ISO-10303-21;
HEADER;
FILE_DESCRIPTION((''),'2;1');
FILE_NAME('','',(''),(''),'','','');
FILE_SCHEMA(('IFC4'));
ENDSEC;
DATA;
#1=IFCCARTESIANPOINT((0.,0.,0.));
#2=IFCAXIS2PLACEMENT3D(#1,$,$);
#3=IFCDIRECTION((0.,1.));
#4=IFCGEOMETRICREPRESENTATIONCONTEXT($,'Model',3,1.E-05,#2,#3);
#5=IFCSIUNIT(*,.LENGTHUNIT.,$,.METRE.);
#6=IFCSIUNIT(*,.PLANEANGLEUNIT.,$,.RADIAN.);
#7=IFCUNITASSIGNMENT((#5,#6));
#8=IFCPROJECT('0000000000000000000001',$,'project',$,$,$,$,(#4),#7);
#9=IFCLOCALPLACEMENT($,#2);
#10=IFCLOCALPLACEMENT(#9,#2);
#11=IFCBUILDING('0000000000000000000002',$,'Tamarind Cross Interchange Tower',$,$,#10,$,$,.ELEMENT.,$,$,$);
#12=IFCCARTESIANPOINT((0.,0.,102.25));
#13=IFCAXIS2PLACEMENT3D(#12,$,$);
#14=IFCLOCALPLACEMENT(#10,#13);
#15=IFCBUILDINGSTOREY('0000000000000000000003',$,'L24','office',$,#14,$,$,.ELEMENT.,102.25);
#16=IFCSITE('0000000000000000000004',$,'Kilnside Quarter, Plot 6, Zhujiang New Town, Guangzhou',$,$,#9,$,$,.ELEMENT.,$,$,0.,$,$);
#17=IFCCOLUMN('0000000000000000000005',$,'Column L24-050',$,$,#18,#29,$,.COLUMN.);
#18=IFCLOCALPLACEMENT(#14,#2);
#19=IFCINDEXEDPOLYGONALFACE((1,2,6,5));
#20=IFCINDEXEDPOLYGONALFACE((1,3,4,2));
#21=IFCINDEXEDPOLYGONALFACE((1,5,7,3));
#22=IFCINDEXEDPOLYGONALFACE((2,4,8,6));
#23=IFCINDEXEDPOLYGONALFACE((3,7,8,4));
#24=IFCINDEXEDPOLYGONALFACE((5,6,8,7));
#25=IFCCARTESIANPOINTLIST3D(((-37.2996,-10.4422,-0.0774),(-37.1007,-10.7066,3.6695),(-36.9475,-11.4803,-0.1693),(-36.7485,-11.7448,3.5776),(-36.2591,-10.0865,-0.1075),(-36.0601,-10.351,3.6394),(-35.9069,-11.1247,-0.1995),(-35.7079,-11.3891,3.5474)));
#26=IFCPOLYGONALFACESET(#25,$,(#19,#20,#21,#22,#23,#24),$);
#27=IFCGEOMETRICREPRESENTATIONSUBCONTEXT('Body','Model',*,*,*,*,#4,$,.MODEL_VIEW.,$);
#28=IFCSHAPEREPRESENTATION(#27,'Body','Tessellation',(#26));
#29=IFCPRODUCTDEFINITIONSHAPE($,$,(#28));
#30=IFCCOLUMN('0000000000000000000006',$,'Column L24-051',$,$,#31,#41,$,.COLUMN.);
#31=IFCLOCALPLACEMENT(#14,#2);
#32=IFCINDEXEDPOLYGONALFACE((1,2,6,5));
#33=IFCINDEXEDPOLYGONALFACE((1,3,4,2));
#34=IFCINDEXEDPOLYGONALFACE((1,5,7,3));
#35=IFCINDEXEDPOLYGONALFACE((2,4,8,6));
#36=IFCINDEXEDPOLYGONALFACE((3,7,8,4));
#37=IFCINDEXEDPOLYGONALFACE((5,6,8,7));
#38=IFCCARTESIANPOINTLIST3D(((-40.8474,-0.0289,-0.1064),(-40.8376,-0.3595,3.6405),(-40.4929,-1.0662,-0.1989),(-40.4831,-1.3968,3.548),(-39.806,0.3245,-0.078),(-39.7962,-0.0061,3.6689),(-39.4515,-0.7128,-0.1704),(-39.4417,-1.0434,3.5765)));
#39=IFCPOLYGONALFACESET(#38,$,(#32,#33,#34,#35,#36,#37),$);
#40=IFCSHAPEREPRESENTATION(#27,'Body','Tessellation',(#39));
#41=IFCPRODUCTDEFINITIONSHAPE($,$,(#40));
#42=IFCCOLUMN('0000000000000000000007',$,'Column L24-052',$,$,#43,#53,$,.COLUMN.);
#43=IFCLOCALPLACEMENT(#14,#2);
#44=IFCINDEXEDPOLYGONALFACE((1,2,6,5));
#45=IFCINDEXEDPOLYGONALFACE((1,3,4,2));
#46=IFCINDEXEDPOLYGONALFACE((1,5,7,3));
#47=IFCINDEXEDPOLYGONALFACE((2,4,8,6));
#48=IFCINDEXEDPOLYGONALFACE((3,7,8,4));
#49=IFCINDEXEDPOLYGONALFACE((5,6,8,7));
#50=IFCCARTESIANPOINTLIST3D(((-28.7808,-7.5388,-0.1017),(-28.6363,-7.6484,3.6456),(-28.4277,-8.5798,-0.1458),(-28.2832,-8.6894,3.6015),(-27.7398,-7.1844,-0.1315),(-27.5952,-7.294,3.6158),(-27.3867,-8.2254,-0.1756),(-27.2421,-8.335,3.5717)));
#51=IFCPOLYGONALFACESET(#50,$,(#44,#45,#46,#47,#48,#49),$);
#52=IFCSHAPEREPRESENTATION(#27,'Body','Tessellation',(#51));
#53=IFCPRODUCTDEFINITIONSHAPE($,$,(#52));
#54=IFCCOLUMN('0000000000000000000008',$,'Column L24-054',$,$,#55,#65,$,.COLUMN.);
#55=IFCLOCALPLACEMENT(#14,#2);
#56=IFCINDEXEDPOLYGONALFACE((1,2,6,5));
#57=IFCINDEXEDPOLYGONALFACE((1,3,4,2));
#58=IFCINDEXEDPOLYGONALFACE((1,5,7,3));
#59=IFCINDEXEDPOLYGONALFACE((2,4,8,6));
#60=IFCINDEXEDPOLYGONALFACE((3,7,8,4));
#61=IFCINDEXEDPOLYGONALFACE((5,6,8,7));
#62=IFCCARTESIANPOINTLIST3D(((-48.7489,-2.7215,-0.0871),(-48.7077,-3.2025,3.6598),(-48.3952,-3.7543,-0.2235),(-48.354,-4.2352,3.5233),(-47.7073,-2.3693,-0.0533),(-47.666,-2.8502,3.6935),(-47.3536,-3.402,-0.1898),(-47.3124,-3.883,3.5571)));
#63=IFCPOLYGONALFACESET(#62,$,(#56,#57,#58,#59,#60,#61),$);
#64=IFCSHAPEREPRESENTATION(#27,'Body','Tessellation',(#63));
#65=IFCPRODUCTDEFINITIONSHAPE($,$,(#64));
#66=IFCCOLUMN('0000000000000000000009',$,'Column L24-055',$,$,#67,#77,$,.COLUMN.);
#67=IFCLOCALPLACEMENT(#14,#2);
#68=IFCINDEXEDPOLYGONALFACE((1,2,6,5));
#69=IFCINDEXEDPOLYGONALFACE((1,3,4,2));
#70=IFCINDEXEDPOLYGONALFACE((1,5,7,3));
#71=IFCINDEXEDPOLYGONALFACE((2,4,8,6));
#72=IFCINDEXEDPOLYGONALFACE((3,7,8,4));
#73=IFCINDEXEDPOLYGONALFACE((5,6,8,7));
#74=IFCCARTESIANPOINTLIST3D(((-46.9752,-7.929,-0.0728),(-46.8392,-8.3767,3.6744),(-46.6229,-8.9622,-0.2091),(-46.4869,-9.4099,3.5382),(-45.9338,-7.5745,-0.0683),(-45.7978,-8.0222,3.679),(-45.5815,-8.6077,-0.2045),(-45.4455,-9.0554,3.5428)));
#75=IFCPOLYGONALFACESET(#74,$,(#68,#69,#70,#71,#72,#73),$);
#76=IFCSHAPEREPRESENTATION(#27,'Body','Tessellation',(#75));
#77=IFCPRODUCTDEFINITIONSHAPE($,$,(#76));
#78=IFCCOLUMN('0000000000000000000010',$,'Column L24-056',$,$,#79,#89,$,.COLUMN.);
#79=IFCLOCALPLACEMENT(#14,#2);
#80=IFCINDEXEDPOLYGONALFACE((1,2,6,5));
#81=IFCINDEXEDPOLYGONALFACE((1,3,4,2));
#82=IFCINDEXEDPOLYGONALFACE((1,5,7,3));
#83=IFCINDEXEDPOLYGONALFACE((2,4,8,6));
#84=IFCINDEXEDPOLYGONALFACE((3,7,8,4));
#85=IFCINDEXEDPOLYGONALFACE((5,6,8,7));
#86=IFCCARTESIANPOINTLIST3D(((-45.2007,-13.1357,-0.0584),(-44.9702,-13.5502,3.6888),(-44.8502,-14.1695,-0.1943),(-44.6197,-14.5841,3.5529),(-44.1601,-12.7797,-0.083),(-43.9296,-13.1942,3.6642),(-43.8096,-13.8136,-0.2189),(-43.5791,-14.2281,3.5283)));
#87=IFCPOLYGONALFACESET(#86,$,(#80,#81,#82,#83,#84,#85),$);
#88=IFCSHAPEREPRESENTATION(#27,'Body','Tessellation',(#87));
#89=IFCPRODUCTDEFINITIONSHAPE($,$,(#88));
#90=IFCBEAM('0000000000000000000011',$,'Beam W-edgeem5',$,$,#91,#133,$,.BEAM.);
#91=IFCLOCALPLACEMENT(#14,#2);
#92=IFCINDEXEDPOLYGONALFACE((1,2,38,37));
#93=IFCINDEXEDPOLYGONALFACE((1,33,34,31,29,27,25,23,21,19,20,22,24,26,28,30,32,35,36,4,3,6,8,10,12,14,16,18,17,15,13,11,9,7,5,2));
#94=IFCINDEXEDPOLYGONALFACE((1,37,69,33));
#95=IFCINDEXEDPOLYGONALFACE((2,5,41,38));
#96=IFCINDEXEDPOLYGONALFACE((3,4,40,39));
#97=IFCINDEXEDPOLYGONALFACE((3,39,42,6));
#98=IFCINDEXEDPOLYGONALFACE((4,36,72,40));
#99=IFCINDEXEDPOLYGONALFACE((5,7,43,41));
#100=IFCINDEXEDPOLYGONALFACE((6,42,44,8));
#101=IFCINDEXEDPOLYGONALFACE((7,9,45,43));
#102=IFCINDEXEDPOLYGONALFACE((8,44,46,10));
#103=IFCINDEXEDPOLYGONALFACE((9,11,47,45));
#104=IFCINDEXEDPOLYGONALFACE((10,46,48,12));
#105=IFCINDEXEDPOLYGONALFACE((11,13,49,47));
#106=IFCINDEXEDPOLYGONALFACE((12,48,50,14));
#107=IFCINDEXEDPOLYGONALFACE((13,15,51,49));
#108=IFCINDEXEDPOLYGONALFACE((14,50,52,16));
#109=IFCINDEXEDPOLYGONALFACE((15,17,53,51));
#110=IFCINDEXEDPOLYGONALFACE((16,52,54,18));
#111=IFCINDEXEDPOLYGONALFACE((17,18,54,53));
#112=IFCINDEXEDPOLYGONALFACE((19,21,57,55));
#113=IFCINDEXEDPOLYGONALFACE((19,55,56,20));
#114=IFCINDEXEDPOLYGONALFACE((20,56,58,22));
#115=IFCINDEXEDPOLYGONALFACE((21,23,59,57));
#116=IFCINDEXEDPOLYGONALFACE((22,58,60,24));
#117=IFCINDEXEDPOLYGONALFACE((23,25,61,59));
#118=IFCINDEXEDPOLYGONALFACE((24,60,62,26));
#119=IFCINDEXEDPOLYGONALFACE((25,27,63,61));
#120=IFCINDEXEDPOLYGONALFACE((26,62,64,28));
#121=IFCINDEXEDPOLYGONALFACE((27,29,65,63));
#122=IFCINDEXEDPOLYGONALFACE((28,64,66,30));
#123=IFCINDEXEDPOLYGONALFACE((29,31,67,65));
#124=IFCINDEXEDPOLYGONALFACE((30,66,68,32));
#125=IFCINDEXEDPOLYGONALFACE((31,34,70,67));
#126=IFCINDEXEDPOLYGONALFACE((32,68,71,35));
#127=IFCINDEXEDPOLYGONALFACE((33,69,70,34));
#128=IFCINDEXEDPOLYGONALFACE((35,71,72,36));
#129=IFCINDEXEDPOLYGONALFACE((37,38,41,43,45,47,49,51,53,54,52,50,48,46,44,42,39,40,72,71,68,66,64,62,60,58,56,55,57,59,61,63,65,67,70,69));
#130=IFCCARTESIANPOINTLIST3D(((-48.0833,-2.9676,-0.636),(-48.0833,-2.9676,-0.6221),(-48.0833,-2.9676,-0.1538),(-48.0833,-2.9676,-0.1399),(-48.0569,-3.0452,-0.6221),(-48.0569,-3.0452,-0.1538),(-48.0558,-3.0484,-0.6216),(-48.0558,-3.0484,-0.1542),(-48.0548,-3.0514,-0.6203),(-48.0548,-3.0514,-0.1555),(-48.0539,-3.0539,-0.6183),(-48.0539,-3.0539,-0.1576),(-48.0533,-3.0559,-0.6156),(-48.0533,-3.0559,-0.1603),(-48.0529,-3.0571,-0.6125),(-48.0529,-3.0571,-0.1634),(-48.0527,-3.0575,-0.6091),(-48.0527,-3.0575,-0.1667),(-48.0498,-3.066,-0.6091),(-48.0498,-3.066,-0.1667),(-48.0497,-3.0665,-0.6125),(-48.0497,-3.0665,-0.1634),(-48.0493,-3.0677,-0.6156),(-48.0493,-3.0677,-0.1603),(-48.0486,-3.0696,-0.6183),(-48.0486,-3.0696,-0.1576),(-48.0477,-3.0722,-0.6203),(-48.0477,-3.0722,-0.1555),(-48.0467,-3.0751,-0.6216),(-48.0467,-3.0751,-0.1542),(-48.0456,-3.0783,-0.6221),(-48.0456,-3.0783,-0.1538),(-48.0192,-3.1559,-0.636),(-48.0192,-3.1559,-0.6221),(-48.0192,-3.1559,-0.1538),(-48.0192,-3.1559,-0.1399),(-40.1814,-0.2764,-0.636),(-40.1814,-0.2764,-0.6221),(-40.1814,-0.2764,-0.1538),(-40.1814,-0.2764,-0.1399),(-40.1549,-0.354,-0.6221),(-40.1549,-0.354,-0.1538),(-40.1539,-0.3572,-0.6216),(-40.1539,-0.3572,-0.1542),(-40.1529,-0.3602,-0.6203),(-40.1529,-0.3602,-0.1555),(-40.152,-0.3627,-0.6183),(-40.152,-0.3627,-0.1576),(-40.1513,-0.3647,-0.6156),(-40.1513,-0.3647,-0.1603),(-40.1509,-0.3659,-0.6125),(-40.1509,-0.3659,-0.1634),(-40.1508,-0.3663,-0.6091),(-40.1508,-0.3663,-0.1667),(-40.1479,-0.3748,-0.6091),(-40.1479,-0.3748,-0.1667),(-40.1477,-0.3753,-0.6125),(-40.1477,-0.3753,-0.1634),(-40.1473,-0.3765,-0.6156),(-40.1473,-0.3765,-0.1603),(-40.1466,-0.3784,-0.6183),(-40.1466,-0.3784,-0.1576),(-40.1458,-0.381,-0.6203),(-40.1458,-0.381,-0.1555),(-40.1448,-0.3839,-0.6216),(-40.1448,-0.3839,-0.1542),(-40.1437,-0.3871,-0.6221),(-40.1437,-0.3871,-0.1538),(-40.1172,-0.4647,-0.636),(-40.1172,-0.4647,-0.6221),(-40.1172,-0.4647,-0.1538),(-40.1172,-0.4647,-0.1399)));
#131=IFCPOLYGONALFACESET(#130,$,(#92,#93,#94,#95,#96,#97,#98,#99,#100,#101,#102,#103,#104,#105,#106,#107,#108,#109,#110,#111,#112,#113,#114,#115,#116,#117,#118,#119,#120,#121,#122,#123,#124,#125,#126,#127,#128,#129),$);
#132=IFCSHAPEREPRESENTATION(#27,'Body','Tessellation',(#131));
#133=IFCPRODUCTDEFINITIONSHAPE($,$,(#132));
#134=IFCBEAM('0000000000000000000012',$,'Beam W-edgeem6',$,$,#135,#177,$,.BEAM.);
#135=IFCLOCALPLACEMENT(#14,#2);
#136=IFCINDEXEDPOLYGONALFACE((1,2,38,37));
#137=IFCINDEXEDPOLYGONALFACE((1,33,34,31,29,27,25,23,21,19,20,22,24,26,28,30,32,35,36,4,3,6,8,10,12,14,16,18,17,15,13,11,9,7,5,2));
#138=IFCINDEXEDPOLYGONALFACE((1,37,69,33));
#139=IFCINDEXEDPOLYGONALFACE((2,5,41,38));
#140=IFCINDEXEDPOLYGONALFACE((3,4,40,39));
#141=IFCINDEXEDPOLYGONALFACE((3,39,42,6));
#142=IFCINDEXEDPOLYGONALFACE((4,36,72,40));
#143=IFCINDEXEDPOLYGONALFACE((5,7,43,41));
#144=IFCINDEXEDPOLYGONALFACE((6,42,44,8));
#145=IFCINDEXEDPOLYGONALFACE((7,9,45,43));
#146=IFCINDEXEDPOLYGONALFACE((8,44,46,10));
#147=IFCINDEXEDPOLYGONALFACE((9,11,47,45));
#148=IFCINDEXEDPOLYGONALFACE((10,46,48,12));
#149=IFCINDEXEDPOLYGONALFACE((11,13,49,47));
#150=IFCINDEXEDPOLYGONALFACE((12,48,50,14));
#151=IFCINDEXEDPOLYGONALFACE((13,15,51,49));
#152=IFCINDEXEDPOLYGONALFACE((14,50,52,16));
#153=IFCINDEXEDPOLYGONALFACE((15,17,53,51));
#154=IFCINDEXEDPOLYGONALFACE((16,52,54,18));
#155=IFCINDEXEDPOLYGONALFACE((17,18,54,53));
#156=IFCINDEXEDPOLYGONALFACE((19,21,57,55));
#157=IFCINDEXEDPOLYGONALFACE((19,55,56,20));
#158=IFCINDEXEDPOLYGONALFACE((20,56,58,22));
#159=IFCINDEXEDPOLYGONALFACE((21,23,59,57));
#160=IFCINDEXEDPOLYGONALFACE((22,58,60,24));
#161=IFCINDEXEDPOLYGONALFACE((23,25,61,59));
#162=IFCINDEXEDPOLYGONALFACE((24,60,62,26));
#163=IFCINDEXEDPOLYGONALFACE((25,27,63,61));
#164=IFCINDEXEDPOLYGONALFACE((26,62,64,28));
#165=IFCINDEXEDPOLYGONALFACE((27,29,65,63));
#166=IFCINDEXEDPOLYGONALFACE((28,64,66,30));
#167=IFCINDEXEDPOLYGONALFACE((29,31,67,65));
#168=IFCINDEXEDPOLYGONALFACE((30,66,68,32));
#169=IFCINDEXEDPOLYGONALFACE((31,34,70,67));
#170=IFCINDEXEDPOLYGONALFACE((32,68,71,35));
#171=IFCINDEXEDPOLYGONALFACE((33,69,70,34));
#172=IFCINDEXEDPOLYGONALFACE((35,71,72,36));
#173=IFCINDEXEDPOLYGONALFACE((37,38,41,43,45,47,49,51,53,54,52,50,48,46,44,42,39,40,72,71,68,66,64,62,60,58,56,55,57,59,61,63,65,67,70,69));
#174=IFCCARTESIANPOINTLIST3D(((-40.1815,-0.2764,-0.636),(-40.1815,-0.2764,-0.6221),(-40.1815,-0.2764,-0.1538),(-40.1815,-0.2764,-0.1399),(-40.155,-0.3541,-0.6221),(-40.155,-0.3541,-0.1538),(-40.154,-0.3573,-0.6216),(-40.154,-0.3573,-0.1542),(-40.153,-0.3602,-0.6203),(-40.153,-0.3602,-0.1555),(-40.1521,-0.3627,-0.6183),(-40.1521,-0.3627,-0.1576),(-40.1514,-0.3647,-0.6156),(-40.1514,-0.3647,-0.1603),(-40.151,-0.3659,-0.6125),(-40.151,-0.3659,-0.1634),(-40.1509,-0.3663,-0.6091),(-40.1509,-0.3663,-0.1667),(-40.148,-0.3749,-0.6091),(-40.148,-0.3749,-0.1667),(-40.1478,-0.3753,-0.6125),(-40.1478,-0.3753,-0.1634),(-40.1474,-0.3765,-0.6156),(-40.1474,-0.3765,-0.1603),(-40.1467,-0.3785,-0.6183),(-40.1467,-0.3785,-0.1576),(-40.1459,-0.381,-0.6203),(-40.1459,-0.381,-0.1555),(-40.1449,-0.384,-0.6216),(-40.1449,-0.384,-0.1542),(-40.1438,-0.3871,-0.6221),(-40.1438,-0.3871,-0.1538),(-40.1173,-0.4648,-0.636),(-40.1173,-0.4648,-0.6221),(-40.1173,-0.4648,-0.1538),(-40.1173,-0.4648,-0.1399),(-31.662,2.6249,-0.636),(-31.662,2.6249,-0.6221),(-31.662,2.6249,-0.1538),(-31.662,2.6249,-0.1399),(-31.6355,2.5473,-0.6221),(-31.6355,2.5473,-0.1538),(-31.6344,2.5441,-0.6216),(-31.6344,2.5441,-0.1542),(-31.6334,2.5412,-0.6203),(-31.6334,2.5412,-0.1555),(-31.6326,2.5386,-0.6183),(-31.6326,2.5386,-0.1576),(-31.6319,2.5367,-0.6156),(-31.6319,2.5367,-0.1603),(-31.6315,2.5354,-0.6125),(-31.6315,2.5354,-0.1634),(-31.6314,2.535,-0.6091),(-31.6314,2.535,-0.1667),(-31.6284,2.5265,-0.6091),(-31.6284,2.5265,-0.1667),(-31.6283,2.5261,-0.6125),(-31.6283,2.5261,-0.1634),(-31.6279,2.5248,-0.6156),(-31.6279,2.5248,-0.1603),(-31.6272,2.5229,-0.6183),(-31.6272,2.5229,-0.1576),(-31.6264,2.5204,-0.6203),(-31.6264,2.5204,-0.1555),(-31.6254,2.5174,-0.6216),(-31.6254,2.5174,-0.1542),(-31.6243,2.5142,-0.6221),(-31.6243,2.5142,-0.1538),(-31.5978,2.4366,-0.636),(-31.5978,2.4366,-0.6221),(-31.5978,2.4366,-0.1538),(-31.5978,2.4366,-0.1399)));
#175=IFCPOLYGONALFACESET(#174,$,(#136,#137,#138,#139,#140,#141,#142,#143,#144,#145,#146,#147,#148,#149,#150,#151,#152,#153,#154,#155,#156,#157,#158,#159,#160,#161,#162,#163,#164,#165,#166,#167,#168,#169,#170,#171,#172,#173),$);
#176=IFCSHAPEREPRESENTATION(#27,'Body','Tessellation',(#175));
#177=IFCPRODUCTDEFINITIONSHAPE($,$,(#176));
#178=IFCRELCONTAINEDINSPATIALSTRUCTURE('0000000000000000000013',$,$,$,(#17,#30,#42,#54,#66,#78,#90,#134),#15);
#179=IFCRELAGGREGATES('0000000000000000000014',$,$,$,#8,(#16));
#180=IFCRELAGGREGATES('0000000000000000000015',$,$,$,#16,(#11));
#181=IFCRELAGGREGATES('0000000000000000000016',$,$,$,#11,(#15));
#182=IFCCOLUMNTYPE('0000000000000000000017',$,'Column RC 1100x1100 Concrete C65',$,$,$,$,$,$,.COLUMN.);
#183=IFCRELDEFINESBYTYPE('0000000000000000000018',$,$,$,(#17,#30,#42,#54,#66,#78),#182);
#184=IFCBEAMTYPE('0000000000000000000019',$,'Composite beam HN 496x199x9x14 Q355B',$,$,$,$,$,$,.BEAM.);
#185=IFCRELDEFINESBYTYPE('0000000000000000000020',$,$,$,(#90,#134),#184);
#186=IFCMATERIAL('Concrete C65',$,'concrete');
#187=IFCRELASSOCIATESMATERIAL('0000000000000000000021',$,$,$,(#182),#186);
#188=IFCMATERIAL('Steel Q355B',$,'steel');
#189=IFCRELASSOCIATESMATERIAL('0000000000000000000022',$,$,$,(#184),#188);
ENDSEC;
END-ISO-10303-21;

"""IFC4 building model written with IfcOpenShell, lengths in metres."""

from ifc_helpers import new_model, si_unit, direction, frame, origin, origin_2d, place, context, subcontext, project, spatial, rectangle, i_section, extrude, material, material_profile, profile_set, type_object, element, save


model = new_model("IFC4")

# Units and contexts
model_context = context("Model", 3, precision=1e-05, world=origin(), true_north=direction((0.0, 1.0)))
body_context = subcontext(model_context, "Body", "Model", "MODEL_VIEW")
ifc_project = project(units=[si_unit("LENGTHUNIT", "METRE"), si_unit("PLANEANGLEUNIT", "RADIAN")], contexts=[model_context])

# Site, building, storey
site_placement = place(None, origin())
site = spatial("IfcSite", under=ifc_project, at=site_placement, Name="Kilnside Quarter, Plot 6, Zhujiang New Town, Guangzhou", CompositionType="ELEMENT", RefElevation=0.0)
building_placement = place(site_placement, origin())
building = spatial("IfcBuilding", under=site, at=building_placement, Name="Tamarind Cross Interchange Tower", CompositionType="ELEMENT")
storey_placement = place(building_placement, frame((0.0, 0.0, 102.25)))
storey = spatial("IfcBuildingStorey", under=building, at=storey_placement, Name="L24", Description="office", CompositionType="ELEMENT", Elevation=102.25)

# Columns
ifc_material_1 = material(Name="Concrete C65", Category="concrete")
ifc_material_profile_1 = material_profile(ifc_material_1, rectangle(XDim=1.1001, YDim=1.1001, at=origin_2d()), Name="RC 1100x1100")
ifc_profile_set_1 = profile_set([ifc_material_profile_1], Name="Concrete C65")
column_type = type_object("IfcColumnType", Name="Column RC 1100x1100 Concrete C65", PredefinedType="COLUMN", material=ifc_profile_set_1)
for number, where, z_axis, x_axis, name in (
    (1, (-36.6033, -10.7834, -0.1384), (0.052899, -0.070294, 0.996123), (-0.320117, 0.943683, 0.083593), "Column L24-050"),
    (2, (-40.1494, -0.3708, -0.1384), (0.002596, -0.087884, 0.996127), (0.946648, 0.321229, 0.025873), "Column L24-051"),
):
    element("IfcColumn", number, at=place(storey_placement, frame(where, z_axis=z_axis, x_axis=x_axis)), inside=storey, type_object=column_type, Name=name, PredefinedType="COLUMN", context=body_context, shape_type="SweptSolid", body=[
        extrude(rectangle(XDim=1.1001, YDim=1.1001, at=origin_2d()), origin(), (0.0, 0.0, 1.0), 3.7615),
    ])
column_1_placement = place(storey_placement, frame((-28.0837, -7.8821, -0.1387), z_axis=(0.038524, -0.029219, 0.99883), x_axis=(-0.320978, 0.946239, 0.04006)))
element("IfcColumn", 3, at=column_1_placement, inside=storey, type_object=column_type, Name="Column L24-052", PredefinedType="COLUMN", context=body_context, shape_type="SweptSolid", body=[
    extrude(rectangle(XDim=1.1001, YDim=1.1001, at=origin_2d()), origin(), (0.0, 0.0, 1.0), 3.7517),
])
column_2_placement = place(storey_placement, frame((-48.0513, -3.0618, -0.1384), z_axis=(0.010922, -0.127312, 0.991803), x_axis=(0.946849, 0.320213, 0.030677)))
element("IfcColumn", 4, at=column_2_placement, inside=storey, type_object=column_type, Name="Column L24-054", PredefinedType="COLUMN", context=body_context, shape_type="SweptSolid", body=[
    extrude(rectangle(XDim=1.1001, YDim=1.1001, at=origin_2d()), origin(), (0.0, 0.0, 1.0), 3.7778),
])
column_3_placement = place(storey_placement, frame((-46.2783, -8.2683, -0.1387), z_axis=(0.036009, -0.118566, 0.992293), x_axis=(0.946648, 0.322244, 0.004151)))
element("IfcColumn", 5, at=column_3_placement, inside=storey, type_object=column_type, Name="Column L24-055", PredefinedType="COLUMN", context=body_context, shape_type="SweptSolid", body=[
    extrude(rectangle(XDim=1.1001, YDim=1.1001, at=origin_2d()), origin(), (0.0, 0.0, 1.0), 3.7764),
])
column_4_placement = place(storey_placement, frame((-44.5051, -13.4746, -0.1387), z_axis=(0.061016, -0.10975, 0.992085), x_axis=(-0.318579, 0.939809, 0.123561)))
element("IfcColumn", 6, at=column_4_placement, inside=storey, type_object=column_type, Name="Column L24-056", PredefinedType="COLUMN", context=body_context, shape_type="SweptSolid", body=[
    extrude(rectangle(XDim=1.1001, YDim=1.1001, at=origin_2d()), origin(), (0.0, 0.0, 1.0), 3.7771),
])

# Beams
ifc_material_2 = material(Name="Steel Q355B", Category="steel")
ifc_material_profile_2 = material_profile(ifc_material_2, i_section(OverallWidth=0.199, OverallDepth=0.4961, WebThickness=0.009, FlangeThickness=0.0139, FilletRadius=0.0129, at=origin_2d()), Name="HN 496x199x9x14")
ifc_profile_set_2 = profile_set([ifc_material_profile_2], Name="Steel Q355B")
beam_type_1 = type_object("IfcBeamType", Name="Composite beam HN 496x199x9x14 Q355B", PredefinedType="BEAM", material=ifc_profile_set_2)
beam_1_placement = place(storey_placement, frame((-48.0513, -3.0618, -0.3879), z_axis=(0.946607, 0.322389, 0.0), x_axis=(-0.322389, 0.946607, 0.0)))
element("IfcBeam", 7, at=beam_1_placement, inside=storey, type_object=beam_type_1, Name="Beam W-edgeem5", PredefinedType="BEAM", context=body_context, shape_type="SweptSolid", body=[
    extrude(i_section(OverallWidth=0.199, OverallDepth=0.4961, WebThickness=0.009, FlangeThickness=0.0139, FilletRadius=0.0129, at=origin_2d()), origin(), (0.0, 0.0, 1.0), 8.3477),
])
beam_2_placement = place(storey_placement, frame((-40.1494, -0.3706, -0.3879), z_axis=(0.946613, 0.322373, 0.0), x_axis=(-0.322373, 0.946613, 0.0)))
element("IfcBeam", 8, at=beam_2_placement, inside=storey, type_object=beam_type_1, Name="Beam W-edgeem6", PredefinedType="BEAM", context=body_context, shape_type="SweptSolid", body=[
    extrude(i_section(OverallWidth=0.199, OverallDepth=0.4961, WebThickness=0.009, FlangeThickness=0.0139, FilletRadius=0.0129, at=origin_2d()), origin(), (0.0, 0.0, 1.0), 9.0),
])

save(model, "model.ifc")
